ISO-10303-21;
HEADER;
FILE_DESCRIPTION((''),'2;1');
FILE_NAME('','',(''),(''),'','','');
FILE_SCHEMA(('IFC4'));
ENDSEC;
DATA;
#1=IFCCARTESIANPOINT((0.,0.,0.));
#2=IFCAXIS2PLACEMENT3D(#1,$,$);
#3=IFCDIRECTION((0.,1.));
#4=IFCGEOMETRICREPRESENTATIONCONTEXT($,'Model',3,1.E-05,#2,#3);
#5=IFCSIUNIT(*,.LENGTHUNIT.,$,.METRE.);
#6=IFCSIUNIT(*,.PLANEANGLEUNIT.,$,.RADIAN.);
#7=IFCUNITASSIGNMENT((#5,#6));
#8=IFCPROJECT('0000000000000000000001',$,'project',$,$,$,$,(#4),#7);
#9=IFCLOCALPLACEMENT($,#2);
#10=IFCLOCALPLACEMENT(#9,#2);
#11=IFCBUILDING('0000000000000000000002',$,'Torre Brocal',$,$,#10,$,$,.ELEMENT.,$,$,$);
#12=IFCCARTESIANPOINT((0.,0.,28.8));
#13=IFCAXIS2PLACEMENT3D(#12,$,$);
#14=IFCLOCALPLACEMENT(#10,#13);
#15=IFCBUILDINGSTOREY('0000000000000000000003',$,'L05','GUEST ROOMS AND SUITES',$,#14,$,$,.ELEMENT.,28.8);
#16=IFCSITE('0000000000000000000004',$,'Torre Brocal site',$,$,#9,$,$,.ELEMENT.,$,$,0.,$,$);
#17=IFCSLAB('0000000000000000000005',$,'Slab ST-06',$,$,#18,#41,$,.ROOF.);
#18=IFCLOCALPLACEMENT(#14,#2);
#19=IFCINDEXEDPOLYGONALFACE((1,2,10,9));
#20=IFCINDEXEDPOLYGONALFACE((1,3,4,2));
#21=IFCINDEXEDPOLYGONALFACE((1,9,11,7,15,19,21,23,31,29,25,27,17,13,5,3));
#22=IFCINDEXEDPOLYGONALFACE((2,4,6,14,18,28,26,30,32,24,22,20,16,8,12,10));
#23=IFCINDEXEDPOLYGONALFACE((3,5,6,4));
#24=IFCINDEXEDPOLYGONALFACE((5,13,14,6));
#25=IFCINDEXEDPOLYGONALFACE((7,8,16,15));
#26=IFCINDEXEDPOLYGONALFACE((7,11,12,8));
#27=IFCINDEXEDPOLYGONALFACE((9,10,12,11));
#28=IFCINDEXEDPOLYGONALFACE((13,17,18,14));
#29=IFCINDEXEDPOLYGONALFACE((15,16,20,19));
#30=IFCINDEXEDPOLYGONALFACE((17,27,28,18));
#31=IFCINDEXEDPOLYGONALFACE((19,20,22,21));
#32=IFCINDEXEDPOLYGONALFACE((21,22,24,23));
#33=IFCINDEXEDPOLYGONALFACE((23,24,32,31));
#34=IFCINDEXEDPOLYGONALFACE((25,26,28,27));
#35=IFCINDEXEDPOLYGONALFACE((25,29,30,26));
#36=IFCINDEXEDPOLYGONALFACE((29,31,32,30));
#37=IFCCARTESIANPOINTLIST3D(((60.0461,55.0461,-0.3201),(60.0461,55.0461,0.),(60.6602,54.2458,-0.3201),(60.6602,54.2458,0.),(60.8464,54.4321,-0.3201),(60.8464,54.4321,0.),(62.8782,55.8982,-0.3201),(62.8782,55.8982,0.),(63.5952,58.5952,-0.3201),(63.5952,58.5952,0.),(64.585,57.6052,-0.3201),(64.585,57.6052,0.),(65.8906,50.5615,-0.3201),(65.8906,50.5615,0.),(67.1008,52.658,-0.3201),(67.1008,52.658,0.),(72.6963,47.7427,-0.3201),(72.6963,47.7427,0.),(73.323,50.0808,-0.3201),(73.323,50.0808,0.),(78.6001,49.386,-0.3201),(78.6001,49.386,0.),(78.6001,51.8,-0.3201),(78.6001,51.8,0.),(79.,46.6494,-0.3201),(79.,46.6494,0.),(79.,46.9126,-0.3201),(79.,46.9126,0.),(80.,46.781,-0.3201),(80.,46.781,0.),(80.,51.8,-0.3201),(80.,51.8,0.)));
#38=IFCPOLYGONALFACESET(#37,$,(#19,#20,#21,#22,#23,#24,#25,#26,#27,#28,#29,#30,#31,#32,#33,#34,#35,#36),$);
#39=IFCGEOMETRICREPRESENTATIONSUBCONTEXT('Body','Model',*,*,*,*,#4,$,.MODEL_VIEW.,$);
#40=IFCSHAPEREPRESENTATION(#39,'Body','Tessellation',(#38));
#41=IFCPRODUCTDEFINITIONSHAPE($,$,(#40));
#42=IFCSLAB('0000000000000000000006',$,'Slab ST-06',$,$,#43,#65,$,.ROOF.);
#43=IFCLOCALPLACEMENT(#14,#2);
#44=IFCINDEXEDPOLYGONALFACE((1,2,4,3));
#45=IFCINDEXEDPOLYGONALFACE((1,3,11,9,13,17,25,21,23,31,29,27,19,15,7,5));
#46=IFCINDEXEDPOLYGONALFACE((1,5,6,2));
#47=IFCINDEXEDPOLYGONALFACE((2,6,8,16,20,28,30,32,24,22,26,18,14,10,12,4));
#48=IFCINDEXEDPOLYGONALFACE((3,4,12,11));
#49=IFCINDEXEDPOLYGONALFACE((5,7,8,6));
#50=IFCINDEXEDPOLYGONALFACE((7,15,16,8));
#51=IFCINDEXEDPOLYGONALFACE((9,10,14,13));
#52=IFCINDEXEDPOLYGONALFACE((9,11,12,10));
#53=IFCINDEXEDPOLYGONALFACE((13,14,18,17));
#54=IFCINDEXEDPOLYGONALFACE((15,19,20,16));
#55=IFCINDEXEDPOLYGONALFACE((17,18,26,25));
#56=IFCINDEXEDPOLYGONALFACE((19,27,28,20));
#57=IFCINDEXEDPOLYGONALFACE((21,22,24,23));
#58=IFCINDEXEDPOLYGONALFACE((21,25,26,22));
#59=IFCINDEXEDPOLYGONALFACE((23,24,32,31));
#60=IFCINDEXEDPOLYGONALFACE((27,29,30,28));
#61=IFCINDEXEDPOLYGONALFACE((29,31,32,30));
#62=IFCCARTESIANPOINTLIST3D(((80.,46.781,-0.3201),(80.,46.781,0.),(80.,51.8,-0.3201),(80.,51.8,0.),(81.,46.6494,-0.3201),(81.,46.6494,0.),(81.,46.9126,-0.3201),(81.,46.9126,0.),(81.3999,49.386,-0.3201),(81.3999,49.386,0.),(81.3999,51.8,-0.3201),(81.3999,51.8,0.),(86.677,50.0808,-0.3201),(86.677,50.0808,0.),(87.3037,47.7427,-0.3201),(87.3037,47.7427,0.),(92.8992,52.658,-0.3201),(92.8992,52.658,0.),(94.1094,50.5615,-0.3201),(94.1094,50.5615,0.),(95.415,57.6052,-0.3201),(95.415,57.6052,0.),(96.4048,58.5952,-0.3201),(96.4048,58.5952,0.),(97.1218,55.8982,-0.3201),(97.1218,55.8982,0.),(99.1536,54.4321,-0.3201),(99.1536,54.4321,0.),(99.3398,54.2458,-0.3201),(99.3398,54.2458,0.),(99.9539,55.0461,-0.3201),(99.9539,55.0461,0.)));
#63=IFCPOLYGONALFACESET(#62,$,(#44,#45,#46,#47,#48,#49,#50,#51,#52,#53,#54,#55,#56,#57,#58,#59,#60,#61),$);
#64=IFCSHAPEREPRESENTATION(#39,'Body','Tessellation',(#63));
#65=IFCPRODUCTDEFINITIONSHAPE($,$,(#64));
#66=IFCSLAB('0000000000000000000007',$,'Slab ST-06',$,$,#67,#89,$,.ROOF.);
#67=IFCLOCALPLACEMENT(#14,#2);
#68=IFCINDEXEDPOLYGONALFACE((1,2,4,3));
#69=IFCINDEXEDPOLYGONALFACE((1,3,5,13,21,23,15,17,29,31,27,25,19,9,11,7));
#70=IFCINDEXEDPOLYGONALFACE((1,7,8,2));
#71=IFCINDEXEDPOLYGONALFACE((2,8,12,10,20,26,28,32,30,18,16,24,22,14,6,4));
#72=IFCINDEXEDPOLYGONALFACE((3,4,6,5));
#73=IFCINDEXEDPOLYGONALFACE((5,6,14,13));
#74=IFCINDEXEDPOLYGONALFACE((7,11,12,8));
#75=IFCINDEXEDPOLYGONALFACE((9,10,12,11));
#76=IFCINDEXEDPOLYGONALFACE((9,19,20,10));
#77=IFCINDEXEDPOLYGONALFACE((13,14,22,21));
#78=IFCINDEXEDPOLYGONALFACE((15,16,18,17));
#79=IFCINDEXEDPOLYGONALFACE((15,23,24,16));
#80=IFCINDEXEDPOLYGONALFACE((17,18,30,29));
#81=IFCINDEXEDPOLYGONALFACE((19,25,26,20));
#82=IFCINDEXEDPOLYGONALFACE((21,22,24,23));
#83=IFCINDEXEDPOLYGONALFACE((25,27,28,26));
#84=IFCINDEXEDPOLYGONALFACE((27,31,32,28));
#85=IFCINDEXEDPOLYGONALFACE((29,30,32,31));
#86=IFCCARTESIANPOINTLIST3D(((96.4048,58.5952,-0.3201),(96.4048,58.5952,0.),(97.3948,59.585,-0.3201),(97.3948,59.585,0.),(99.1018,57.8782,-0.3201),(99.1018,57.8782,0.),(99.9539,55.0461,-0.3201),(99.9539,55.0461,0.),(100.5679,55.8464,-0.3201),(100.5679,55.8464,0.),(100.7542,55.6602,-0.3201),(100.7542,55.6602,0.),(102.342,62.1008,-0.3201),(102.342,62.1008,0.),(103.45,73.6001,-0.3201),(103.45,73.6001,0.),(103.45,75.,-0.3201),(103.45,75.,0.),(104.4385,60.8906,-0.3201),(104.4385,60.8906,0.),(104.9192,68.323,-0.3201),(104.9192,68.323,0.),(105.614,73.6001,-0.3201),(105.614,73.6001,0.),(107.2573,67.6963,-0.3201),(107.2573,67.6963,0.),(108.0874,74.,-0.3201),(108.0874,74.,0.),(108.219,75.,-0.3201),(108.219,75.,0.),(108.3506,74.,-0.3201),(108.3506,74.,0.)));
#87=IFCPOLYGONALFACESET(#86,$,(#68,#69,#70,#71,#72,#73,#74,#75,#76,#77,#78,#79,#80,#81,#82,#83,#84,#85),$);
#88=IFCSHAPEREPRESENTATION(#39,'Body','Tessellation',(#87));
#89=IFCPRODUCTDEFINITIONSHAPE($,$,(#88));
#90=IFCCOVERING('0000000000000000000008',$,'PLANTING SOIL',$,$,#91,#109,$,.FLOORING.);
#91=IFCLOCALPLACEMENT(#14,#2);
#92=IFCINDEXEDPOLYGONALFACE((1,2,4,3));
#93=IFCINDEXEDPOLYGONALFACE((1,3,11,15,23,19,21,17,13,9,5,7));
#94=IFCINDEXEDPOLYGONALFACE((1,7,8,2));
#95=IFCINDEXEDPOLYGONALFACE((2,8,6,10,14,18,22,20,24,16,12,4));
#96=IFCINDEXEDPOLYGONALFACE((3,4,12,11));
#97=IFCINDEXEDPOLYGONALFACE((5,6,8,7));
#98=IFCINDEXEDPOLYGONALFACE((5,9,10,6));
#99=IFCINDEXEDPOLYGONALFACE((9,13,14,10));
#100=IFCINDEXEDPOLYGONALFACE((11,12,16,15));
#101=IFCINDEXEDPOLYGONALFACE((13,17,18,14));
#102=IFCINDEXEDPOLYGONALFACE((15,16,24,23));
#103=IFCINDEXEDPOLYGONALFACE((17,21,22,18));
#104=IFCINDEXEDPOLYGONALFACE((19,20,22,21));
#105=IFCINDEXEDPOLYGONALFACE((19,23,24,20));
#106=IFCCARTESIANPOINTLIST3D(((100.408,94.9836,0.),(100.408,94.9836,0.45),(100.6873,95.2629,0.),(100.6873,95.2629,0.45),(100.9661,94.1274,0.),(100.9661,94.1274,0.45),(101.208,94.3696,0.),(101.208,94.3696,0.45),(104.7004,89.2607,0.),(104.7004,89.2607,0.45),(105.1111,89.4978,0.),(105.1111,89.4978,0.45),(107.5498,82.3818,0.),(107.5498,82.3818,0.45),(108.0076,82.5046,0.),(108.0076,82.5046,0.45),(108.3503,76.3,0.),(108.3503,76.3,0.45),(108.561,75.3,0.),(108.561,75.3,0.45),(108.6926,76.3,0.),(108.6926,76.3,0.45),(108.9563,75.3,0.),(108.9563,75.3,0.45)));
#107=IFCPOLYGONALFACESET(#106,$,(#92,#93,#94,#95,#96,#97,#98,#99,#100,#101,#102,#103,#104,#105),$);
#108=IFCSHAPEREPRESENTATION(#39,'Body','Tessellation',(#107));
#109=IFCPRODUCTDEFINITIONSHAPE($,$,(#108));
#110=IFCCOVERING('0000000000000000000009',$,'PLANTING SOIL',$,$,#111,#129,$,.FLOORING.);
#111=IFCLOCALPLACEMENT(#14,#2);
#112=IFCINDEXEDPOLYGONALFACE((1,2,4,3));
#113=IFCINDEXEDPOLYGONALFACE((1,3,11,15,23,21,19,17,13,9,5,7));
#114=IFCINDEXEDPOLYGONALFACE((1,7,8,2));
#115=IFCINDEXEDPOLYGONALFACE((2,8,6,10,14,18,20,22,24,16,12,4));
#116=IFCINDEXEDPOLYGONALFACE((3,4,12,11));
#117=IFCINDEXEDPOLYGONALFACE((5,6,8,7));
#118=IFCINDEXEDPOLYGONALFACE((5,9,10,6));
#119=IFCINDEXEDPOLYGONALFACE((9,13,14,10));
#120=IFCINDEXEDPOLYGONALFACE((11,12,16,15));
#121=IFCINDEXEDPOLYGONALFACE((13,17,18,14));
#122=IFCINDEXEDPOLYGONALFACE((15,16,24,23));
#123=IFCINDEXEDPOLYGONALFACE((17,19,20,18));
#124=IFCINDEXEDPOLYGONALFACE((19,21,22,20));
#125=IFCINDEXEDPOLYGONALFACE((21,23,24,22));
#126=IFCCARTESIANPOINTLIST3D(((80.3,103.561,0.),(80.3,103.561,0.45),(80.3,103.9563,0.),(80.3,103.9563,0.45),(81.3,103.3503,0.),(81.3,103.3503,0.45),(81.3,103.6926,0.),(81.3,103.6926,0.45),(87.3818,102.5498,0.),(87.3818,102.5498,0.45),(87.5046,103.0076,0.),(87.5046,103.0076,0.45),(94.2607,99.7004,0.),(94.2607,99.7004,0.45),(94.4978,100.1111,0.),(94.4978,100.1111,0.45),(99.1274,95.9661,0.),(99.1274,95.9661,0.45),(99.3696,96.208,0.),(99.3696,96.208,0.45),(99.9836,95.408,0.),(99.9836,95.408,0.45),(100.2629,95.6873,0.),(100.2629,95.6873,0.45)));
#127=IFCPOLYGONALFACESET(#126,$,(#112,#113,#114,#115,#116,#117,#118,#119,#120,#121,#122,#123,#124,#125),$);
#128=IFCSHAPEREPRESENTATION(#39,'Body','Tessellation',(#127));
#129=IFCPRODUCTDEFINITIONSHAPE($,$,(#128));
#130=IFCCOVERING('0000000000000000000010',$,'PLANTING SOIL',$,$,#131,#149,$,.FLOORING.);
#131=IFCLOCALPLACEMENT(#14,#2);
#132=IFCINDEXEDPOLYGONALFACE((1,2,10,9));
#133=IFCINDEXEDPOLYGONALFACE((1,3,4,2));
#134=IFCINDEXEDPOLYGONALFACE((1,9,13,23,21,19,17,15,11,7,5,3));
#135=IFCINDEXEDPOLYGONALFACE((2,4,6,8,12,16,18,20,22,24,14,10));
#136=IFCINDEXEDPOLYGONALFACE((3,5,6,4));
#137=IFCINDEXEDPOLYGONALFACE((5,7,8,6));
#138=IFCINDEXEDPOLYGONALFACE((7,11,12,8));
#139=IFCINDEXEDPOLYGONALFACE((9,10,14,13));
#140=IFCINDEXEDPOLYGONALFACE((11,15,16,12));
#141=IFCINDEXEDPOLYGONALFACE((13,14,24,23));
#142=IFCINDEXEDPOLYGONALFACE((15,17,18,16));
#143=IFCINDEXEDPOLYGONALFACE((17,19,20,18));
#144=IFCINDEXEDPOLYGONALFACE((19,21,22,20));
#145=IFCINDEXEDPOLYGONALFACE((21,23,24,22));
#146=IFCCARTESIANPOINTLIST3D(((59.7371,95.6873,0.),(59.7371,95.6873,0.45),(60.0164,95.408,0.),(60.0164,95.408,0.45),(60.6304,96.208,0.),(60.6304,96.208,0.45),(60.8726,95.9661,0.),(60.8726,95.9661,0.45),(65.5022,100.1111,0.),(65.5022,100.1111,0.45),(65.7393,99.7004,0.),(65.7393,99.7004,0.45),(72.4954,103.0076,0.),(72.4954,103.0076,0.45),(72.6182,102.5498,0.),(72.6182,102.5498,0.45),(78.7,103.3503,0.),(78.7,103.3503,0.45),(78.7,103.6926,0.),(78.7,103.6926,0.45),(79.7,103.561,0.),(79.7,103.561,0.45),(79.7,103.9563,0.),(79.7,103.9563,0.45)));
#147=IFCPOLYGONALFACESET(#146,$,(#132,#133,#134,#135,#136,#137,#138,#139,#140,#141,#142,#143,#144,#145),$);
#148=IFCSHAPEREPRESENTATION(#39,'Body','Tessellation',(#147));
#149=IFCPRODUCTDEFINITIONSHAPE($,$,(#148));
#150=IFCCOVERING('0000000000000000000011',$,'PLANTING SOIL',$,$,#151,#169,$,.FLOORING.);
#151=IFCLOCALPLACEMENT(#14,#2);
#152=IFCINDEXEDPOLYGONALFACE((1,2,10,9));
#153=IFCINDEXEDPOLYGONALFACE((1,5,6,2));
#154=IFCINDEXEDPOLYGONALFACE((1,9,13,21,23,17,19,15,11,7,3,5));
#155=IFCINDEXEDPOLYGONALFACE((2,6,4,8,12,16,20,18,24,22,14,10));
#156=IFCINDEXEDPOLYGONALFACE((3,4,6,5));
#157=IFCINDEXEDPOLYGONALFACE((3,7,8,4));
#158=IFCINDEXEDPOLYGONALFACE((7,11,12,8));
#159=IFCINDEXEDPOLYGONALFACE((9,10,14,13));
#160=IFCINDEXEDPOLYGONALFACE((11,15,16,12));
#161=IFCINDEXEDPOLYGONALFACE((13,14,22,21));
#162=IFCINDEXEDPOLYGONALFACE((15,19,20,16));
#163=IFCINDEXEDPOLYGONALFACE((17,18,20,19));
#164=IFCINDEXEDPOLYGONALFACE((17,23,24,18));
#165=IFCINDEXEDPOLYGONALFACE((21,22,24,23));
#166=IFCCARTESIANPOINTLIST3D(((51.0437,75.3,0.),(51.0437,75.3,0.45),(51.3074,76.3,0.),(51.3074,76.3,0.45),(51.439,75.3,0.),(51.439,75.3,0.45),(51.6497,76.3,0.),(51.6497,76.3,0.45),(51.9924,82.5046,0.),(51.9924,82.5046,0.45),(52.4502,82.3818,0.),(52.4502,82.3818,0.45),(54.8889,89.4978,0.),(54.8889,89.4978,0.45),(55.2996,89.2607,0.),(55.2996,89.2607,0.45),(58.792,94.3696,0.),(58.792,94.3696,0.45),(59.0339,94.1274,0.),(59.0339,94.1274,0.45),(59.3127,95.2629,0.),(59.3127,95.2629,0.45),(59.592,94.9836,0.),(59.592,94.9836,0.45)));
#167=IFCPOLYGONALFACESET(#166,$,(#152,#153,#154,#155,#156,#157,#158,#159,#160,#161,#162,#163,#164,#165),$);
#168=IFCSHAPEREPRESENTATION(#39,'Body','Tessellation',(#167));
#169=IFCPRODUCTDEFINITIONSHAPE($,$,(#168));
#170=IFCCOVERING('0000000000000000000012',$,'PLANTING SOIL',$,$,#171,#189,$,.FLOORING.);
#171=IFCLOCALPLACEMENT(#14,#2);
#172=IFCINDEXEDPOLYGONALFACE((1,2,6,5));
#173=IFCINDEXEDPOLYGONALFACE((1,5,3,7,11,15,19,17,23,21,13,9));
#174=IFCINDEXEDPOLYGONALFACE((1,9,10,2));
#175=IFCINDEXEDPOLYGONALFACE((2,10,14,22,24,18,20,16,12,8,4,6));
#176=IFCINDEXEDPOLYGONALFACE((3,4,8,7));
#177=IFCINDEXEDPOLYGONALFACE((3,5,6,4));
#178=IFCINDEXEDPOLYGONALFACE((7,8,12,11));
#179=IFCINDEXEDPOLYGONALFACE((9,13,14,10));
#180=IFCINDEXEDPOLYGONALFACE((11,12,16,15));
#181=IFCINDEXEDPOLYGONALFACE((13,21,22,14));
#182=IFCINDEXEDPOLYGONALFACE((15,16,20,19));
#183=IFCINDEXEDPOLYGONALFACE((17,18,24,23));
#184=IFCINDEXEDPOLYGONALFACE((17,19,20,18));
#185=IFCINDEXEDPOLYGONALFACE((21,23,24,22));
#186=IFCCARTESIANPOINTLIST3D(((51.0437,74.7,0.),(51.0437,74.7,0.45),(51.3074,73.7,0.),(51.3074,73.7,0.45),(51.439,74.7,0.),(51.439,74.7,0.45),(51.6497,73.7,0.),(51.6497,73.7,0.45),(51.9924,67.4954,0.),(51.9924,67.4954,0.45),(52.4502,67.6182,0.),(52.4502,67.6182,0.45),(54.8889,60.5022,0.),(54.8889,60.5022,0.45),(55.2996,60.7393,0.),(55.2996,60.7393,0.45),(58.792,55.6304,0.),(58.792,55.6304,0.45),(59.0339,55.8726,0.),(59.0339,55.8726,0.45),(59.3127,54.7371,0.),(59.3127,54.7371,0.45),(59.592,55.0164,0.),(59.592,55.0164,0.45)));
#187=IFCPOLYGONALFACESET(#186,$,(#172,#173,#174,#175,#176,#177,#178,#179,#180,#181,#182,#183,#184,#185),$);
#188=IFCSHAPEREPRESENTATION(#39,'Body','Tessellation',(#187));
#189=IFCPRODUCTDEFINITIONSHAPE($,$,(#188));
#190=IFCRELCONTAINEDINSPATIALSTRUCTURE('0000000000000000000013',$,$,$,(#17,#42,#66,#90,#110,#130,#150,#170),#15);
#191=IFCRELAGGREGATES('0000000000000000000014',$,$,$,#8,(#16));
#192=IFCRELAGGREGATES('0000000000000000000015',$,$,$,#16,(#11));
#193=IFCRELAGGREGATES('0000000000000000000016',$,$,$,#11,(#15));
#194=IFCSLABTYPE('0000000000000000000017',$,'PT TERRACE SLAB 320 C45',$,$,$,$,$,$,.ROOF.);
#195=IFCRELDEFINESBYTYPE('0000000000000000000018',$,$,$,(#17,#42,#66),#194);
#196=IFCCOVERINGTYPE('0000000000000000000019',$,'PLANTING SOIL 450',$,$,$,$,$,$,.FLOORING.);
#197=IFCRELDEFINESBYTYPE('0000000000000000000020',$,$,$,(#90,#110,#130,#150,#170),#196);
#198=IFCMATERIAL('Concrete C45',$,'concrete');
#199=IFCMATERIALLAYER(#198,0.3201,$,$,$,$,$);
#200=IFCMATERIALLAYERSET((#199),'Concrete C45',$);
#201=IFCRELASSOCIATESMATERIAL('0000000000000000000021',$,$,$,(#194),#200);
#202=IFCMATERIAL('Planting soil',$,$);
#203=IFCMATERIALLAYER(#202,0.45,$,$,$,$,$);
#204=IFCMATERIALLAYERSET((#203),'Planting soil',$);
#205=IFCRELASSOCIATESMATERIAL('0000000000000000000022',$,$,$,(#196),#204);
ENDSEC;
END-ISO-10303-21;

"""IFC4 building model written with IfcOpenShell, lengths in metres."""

from ifc_helpers import new_model, si_unit, direction, frame, origin, place, context, subcontext, project, spatial, polyline, outline, extrude, material, layer, layer_set, type_object, element, save


model = new_model("IFC4")

# Units and contexts
model_context = context("Model", 3, precision=1e-05, world=origin(), true_north=direction((0.0, 1.0)))
body_context = subcontext(model_context, "Body", "Model", "MODEL_VIEW")
ifc_project = project(units=[si_unit("LENGTHUNIT", "METRE"), si_unit("PLANEANGLEUNIT", "RADIAN")], contexts=[model_context])

# Site, building, storey
site_placement = place(None, origin())
site = spatial("IfcSite", under=ifc_project, at=site_placement, Name="Torre Brocal site", CompositionType="ELEMENT", RefElevation=0.0)
building_placement = place(site_placement, origin())
building = spatial("IfcBuilding", under=site, at=building_placement, Name="Torre Brocal", CompositionType="ELEMENT")
storey_placement = place(building_placement, frame((0.0, 0.0, 28.8)))
storey = spatial("IfcBuildingStorey", under=building, at=storey_placement, Name="L05", Description="GUEST ROOMS AND SUITES", CompositionType="ELEMENT", Elevation=28.8)

# Slabs
ifc_material_1 = material(Name="Concrete C45", Category="concrete")
ifc_layer_1 = layer(ifc_material_1, 0.3201)
ifc_layer_set_1 = layer_set([ifc_layer_1], Name="Concrete C45")
slab_type_1 = type_object("IfcSlabType", Name="PT TERRACE SLAB 320 C45", PredefinedType="ROOF", material=ifc_layer_set_1)
slab_1_placement = place(storey_placement, frame((0.0, 0.0, -0.3201)))
element("IfcSlab", 1, at=slab_1_placement, inside=storey, type_object=slab_type_1, Name="Slab ST-06", PredefinedType="ROOF", context=body_context, shape_type="SweptSolid", body=[
    extrude(outline(polyline([(64.585, 57.6052), (62.8782, 55.8982), (67.1008, 52.658), (73.323, 50.0808), (78.6001, 49.386), (78.6001, 51.8), (80.0, 51.8), (80.0, 46.781), (79.0, 46.6494), (79.0, 46.9126), (72.6963, 47.7427), (65.8906, 50.5615), (60.8464, 54.4321), (60.6602, 54.2458), (60.0461, 55.0461), (63.5952, 58.5952), (64.585, 57.6052)])), origin(), (0.0, 0.0, 1.0), 0.3201),
])
slab_2_placement = place(storey_placement, frame((0.0, 0.0, -0.3201)))
element("IfcSlab", 2, at=slab_2_placement, inside=storey, type_object=slab_type_1, Name="Slab ST-06", PredefinedType="ROOF", context=body_context, shape_type="SweptSolid", body=[
    extrude(outline(polyline([(81.3999, 51.8), (81.3999, 49.386), (86.677, 50.0808), (92.8992, 52.658), (97.1218, 55.8982), (95.415, 57.6052), (96.4048, 58.5952), (99.9539, 55.0461), (99.3398, 54.2458), (99.1536, 54.4321), (94.1094, 50.5615), (87.3037, 47.7427), (81.0, 46.9126), (81.0, 46.6494), (80.0, 46.781), (80.0, 51.8), (81.3999, 51.8)])), origin(), (0.0, 0.0, 1.0), 0.3201),
])
slab_3_placement = place(storey_placement, frame((0.0, 0.0, -0.3201)))
element("IfcSlab", 3, at=slab_3_placement, inside=storey, type_object=slab_type_1, Name="Slab ST-06", PredefinedType="ROOF", context=body_context, shape_type="SweptSolid", body=[
    extrude(outline(polyline([(97.3948, 59.585), (99.1018, 57.8782), (102.342, 62.1008), (104.9192, 68.323), (105.614, 73.6001), (103.45, 73.6001), (103.45, 75.0), (108.219, 75.0), (108.3506, 74.0), (108.0874, 74.0), (107.2573, 67.6963), (104.4385, 60.8906), (100.5679, 55.8464), (100.7542, 55.6602), (99.9539, 55.0461), (96.4048, 58.5952), (97.3948, 59.585)])), origin(), (0.0, 0.0, 1.0), 0.3201),
])

# Coverings
ifc_material_2 = material(Name="Planting soil")
ifc_layer_2 = layer(ifc_material_2, 0.45)
ifc_layer_set_2 = layer_set([ifc_layer_2], Name="Planting soil")
covering_type = type_object("IfcCoveringType", Name="PLANTING SOIL 450", PredefinedType="FLOORING", material=ifc_layer_set_2)
covering_1_placement = place(storey_placement, origin())
element("IfcCovering", 4, at=covering_1_placement, inside=storey, type_object=covering_type, Name="PLANTING SOIL", PredefinedType="FLOORING", context=body_context, shape_type="SweptSolid", body=[
    extrude(outline(polyline([(108.9563, 75.3), (108.561, 75.3), (108.6926, 76.3), (108.3503, 76.3), (107.5498, 82.3818), (104.7004, 89.2607), (100.9661, 94.1274), (101.208, 94.3696), (100.408, 94.9836), (100.6873, 95.2629), (105.1111, 89.4978), (108.0076, 82.5046), (108.9563, 75.3)])), origin(), (0.0, 0.0, 1.0), 0.45),
])
covering_2_placement = place(storey_placement, origin())
element("IfcCovering", 5, at=covering_2_placement, inside=storey, type_object=covering_type, Name="PLANTING SOIL", PredefinedType="FLOORING", context=body_context, shape_type="SweptSolid", body=[
    extrude(outline(polyline([(100.2629, 95.6873), (99.9836, 95.408), (99.3696, 96.208), (99.1274, 95.9661), (94.2607, 99.7004), (87.3818, 102.5498), (81.3, 103.3503), (81.3, 103.6926), (80.3, 103.561), (80.3, 103.9563), (87.5046, 103.0076), (94.4978, 100.1111), (100.2629, 95.6873)])), origin(), (0.0, 0.0, 1.0), 0.45),
])
covering_3_placement = place(storey_placement, origin())
element("IfcCovering", 6, at=covering_3_placement, inside=storey, type_object=covering_type, Name="PLANTING SOIL", PredefinedType="FLOORING", context=body_context, shape_type="SweptSolid", body=[
    extrude(outline(polyline([(59.7371, 95.6873), (65.5022, 100.1111), (72.4954, 103.0076), (79.7, 103.9563), (79.7, 103.561), (78.7, 103.6926), (78.7, 103.3503), (72.6182, 102.5498), (65.7393, 99.7004), (60.8726, 95.9661), (60.6304, 96.208), (60.0164, 95.408), (59.7371, 95.6873)])), origin(), (0.0, 0.0, 1.0), 0.45),
])
covering_4_placement = place(storey_placement, origin())
element("IfcCovering", 7, at=covering_4_placement, inside=storey, type_object=covering_type, Name="PLANTING SOIL", PredefinedType="FLOORING", context=body_context, shape_type="SweptSolid", body=[
    extrude(outline(polyline([(59.3127, 95.2629), (59.592, 94.9836), (58.792, 94.3696), (59.0339, 94.1274), (55.2996, 89.2607), (52.4502, 82.3818), (51.6497, 76.3), (51.3074, 76.3), (51.439, 75.3), (51.0437, 75.3), (51.9924, 82.5046), (54.8889, 89.4978), (59.3127, 95.2629)])), origin(), (0.0, 0.0, 1.0), 0.45),
])
covering_5_placement = place(storey_placement, origin())
element("IfcCovering", 8, at=covering_5_placement, inside=storey, type_object=covering_type, Name="PLANTING SOIL", PredefinedType="FLOORING", context=body_context, shape_type="SweptSolid", body=[
    extrude(outline(polyline([(51.0437, 74.7), (51.439, 74.7), (51.3074, 73.7), (51.6497, 73.7), (52.4502, 67.6182), (55.2996, 60.7393), (59.0339, 55.8726), (58.792, 55.6304), (59.592, 55.0164), (59.3127, 54.7371), (54.8889, 60.5022), (51.9924, 67.4954), (51.0437, 74.7)])), origin(), (0.0, 0.0, 1.0), 0.45),
])

save(model, "model.ifc")
